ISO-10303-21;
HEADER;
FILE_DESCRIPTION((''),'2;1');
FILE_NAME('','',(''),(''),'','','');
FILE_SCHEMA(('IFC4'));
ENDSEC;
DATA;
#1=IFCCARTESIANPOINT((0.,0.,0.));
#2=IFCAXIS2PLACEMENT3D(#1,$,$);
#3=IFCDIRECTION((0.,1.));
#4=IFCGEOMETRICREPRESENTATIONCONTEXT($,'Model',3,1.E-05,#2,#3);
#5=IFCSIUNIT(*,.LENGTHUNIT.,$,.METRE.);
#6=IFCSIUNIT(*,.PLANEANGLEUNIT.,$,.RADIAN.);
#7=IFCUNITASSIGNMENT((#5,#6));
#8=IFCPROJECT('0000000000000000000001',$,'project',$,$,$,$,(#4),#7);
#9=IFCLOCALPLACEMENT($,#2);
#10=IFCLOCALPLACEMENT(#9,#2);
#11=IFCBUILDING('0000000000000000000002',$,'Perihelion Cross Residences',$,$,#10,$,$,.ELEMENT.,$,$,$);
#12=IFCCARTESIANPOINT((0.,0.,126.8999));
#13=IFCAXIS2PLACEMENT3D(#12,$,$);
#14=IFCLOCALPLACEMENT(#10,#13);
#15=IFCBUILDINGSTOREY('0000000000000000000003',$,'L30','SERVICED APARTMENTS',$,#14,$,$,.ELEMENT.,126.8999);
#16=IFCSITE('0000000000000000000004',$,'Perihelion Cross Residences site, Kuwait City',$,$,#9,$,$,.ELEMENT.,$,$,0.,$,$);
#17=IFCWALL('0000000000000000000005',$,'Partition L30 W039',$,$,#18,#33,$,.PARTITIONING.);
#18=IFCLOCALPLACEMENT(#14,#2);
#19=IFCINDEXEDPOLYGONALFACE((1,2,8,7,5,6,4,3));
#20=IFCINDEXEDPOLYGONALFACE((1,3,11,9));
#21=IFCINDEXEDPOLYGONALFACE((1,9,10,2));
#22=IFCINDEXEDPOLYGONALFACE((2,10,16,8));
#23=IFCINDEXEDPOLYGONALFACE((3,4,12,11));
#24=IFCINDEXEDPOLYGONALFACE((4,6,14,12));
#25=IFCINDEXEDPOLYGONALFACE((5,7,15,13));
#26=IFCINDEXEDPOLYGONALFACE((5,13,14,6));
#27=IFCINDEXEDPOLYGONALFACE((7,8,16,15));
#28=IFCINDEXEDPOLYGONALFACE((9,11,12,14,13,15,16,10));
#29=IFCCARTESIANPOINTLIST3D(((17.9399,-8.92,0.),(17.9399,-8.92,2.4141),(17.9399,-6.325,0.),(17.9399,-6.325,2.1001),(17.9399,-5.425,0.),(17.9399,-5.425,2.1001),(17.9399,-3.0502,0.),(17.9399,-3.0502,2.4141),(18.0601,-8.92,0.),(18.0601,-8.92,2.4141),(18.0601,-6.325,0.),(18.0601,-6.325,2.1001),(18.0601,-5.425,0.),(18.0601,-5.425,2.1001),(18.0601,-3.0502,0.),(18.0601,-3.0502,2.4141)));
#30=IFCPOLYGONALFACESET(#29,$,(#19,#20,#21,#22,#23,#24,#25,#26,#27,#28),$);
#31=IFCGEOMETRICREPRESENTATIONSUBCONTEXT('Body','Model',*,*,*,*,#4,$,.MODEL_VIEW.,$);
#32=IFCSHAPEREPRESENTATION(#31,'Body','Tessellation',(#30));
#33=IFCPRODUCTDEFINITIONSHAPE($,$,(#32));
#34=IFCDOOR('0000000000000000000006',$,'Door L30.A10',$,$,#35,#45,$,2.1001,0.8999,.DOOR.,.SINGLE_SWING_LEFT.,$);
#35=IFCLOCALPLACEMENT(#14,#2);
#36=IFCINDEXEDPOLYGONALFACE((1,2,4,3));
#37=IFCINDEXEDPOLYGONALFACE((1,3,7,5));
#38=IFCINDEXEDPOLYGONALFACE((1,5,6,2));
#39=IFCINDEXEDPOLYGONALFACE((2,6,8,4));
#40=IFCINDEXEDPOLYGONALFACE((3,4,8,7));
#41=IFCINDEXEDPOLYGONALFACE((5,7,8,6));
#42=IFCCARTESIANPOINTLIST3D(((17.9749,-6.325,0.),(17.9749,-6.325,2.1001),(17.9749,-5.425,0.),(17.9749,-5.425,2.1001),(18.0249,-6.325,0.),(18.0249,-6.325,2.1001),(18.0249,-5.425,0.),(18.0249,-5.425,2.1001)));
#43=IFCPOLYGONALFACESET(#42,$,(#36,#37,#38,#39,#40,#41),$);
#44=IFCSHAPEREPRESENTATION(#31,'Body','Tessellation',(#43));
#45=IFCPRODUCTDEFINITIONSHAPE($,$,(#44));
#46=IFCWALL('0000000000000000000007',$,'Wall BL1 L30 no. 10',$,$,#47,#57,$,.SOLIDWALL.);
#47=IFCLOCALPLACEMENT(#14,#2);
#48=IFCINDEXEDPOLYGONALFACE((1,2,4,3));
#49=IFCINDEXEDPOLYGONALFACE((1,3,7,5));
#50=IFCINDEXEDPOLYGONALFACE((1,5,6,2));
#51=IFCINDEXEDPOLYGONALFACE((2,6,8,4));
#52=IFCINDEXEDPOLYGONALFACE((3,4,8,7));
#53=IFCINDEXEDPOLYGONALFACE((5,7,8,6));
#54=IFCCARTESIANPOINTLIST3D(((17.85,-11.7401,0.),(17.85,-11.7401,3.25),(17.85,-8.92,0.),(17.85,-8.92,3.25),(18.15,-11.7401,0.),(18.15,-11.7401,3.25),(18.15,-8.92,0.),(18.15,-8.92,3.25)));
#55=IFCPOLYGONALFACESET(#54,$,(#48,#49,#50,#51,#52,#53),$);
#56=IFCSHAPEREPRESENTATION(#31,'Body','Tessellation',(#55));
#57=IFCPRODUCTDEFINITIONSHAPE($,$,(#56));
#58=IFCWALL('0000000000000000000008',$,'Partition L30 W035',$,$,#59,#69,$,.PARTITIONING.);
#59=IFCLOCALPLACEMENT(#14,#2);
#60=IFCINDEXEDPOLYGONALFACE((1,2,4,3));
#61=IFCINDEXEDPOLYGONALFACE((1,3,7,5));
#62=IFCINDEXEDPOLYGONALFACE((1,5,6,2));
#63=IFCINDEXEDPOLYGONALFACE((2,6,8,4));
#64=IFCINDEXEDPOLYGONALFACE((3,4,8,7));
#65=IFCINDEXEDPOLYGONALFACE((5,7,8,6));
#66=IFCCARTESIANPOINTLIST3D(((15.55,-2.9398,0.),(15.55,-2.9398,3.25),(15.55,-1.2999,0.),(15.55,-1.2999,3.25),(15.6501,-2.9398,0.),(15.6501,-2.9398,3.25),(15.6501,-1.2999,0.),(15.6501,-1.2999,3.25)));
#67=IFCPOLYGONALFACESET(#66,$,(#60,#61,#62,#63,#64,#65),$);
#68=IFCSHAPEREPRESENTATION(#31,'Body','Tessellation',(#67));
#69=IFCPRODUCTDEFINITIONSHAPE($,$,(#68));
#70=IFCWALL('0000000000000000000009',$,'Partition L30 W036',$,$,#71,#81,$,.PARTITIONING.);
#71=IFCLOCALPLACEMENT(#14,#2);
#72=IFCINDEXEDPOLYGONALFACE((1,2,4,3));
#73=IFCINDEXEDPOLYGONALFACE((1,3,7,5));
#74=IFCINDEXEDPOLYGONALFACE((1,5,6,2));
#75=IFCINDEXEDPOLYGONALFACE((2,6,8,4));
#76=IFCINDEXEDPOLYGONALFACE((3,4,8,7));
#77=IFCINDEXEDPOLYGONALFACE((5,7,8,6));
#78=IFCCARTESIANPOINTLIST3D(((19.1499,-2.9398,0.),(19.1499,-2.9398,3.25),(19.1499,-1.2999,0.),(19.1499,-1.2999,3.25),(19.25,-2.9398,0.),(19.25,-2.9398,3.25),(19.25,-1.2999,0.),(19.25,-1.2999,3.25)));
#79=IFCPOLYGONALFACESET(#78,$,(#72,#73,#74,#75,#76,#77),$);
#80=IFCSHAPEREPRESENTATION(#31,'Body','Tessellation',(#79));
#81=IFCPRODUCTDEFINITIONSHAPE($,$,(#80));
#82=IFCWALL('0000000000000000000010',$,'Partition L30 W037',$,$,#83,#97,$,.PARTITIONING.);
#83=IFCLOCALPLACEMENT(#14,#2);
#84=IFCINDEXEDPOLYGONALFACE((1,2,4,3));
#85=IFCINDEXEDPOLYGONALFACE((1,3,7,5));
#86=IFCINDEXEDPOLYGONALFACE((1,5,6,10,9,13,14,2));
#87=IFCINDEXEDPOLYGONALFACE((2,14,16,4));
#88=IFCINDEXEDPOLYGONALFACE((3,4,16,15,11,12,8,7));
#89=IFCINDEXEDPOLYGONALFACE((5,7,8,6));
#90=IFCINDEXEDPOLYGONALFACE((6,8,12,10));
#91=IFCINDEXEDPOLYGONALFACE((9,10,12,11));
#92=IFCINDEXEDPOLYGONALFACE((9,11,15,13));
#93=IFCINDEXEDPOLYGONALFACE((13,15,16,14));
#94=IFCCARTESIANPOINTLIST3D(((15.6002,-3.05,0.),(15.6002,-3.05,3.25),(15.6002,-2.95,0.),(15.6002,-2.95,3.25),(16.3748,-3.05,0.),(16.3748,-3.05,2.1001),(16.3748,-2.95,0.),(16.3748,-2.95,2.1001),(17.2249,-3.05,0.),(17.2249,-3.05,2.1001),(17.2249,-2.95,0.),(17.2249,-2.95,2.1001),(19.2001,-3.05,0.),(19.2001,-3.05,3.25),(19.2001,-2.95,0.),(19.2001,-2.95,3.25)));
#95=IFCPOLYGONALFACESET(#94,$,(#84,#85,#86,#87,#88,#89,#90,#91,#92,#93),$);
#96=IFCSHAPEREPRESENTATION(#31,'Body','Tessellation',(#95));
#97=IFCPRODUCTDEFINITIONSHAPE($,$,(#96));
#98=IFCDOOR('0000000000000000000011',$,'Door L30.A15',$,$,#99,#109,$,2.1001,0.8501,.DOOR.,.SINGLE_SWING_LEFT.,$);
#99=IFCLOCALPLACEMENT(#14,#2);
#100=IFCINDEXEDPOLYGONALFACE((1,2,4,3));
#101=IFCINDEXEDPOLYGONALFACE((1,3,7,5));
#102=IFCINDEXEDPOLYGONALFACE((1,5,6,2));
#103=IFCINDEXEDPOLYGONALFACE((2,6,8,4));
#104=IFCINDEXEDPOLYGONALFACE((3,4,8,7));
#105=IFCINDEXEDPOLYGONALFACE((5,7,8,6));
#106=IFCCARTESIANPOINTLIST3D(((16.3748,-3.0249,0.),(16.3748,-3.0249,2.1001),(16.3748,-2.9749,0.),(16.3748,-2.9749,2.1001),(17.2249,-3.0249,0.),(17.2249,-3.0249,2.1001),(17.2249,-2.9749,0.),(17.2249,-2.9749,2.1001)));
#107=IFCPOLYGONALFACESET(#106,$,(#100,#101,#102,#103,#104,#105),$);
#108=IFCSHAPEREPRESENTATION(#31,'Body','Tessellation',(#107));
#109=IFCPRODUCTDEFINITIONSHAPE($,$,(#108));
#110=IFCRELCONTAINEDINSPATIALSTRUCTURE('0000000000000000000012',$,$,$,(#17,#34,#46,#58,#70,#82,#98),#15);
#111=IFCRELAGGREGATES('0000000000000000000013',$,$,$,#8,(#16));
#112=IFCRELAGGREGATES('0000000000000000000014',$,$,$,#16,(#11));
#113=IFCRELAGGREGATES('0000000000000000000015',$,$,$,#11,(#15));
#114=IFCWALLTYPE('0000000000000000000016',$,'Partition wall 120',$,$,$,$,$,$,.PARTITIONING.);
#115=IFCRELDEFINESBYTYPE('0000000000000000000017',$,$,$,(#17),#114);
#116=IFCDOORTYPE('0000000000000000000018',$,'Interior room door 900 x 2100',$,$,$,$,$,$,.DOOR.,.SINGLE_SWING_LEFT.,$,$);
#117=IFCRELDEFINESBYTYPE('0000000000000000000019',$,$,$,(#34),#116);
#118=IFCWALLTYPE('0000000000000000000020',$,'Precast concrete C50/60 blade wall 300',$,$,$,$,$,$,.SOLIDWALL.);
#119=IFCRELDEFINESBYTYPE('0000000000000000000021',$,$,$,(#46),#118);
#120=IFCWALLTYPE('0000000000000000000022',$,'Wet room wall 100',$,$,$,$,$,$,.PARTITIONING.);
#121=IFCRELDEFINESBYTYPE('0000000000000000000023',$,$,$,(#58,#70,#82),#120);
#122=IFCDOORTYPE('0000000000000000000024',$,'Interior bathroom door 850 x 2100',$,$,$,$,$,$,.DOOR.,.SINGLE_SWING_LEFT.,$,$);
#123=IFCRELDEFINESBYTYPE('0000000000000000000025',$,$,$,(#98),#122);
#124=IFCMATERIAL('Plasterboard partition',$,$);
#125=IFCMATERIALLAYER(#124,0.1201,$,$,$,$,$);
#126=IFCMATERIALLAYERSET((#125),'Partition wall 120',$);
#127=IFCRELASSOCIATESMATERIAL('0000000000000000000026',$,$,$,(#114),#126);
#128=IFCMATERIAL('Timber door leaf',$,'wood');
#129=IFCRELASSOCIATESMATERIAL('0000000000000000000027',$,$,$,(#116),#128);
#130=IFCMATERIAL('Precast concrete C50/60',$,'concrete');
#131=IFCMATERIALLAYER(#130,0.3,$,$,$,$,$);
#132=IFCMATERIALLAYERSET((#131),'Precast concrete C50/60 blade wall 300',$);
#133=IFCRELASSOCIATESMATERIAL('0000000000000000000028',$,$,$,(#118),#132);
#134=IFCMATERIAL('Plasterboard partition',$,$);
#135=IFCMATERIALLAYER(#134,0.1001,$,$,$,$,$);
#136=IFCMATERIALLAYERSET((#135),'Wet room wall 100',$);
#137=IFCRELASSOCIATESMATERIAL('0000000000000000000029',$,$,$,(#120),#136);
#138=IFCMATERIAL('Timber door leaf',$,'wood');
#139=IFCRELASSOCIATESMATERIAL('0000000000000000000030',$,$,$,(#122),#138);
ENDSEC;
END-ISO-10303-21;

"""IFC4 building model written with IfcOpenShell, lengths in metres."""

from ifc_helpers import new_model, si_unit, direction, frame, frame_2d, origin, place, context, subcontext, project, spatial, rectangle, extrude, material, layer, layer_set, type_object, element, fill, save


model = new_model("IFC4")

# Units and contexts
model_context = context("Model", 3, precision=1e-05, world=origin(), true_north=direction((0.0, 1.0)))
body_context = subcontext(model_context, "Body", "Model", "MODEL_VIEW")
ifc_project = project(units=[si_unit("LENGTHUNIT", "METRE"), si_unit("PLANEANGLEUNIT", "RADIAN")], contexts=[model_context])

# Site, building, storey
site_placement = place(None, origin())
site = spatial("IfcSite", under=ifc_project, at=site_placement, Name="Perihelion Cross Residences site, Kuwait City", CompositionType="ELEMENT", RefElevation=0.0)
building_placement = place(site_placement, origin())
building = spatial("IfcBuilding", under=site, at=building_placement, Name="Perihelion Cross Residences", CompositionType="ELEMENT")
storey_placement = place(building_placement, frame((0.0, 0.0, 126.8999)))
storey = spatial("IfcBuildingStorey", under=building, at=storey_placement, Name="L30", Description="SERVICED APARTMENTS", CompositionType="ELEMENT", Elevation=126.8999)

# Wall, opening, door
ifc_material_1 = material(Name="Plasterboard partition")
ifc_layer_1 = layer(ifc_material_1, 0.1201)
ifc_layer_set_1 = layer_set([ifc_layer_1], Name="Partition wall 120")
wall_type_1 = type_object("IfcWallType", Name="Partition wall 120", PredefinedType="PARTITIONING", material=ifc_layer_set_1)
ifc_material_2 = material(Name="Timber door leaf", Category="wood")
door_type_1 = type_object("IfcDoorType", Name="Interior room door 900 x 2100", OperationType="SINGLE_SWING_LEFT", PredefinedType="DOOR", material=ifc_material_2)
wall_1_placement = place(storey_placement, frame((18.0, -3.05, 0.0), z_axis=(0.0, 0.0, 1.0), x_axis=(0.0, -1.0, 0.0)))
wall_1 = element("IfcWall", 1, at=wall_1_placement, inside=storey, type_object=wall_type_1, Name="Partition L30 W039", PredefinedType="PARTITIONING", context=body_context, shape_type="SweptSolid", body=[
    extrude(rectangle(XDim=5.8699, YDim=0.1201, at=frame_2d((2.9351, 0.0))), origin(), (0.0, 0.0, 1.0), 2.4141),
])
opening_1_placement = place(wall_1_placement, frame((2.375, 0.0, 0.0)))
opening_1 = element("IfcOpeningElement", 2, at=opening_1_placement, cuts=wall_1, PredefinedType="OPENING", context=body_context, shape_type="SweptSolid", body=[
    extrude(rectangle(XDim=0.8999, YDim=2.1001, at=frame_2d((0.45, 1.05))), frame((0.0, 0.0701, 0.0), z_axis=(0.0, -1.0, 0.0), x_axis=(1.0, 0.0, 0.0)), (0.0, 0.0, 1.0), 0.1401),
])
door_1_placement = place(opening_1_placement, origin())
door_1 = element("IfcDoor", 3, at=door_1_placement, inside=storey, type_object=door_type_1, Name="Door L30.A10", OperationType="SINGLE_SWING_LEFT", OverallHeight=2.1001, OverallWidth=0.8999, PredefinedType="DOOR", context=body_context, shape_type="SweptSolid", body=[
    extrude(rectangle(XDim=0.8999, YDim=2.1001, at=frame_2d((0.45, 1.05))), frame((0.0, 0.0249, 0.0), z_axis=(0.0, -1.0, 0.0), x_axis=(1.0, 0.0, 0.0)), (0.0, 0.0, 1.0), 0.05),
])
fill(opening_1, door_1)

# Walls
ifc_material_3 = material(Name="Precast concrete C50/60", Category="concrete")
ifc_layer_2 = layer(ifc_material_3, 0.3)
ifc_layer_set_2 = layer_set([ifc_layer_2], Name="Precast concrete C50/60 blade wall 300")
wall_type_2 = type_object("IfcWallType", Name="Precast concrete C50/60 blade wall 300", PredefinedType="SOLIDWALL", material=ifc_layer_set_2)
wall_2_placement = place(storey_placement, frame((18.0, -8.9199, 0.0), z_axis=(0.0, 0.0, 1.0), x_axis=(0.0, -1.0, 0.0)))
element("IfcWall", 4, at=wall_2_placement, inside=storey, type_object=wall_type_2, Name="Wall BL1 L30 no. 10", PredefinedType="SOLIDWALL", context=body_context, shape_type="SweptSolid", body=[
    extrude(rectangle(XDim=2.8201, YDim=0.3, at=frame_2d((1.4102, 0.0))), origin(), (0.0, 0.0, 1.0), 3.25),
])
ifc_material_4 = material(Name="Plasterboard partition")
ifc_layer_3 = layer(ifc_material_4, 0.1001)
ifc_layer_set_3 = layer_set([ifc_layer_3], Name="Wet room wall 100")
wall_type_3 = type_object("IfcWallType", Name="Wet room wall 100", PredefinedType="PARTITIONING", material=ifc_layer_set_3)
for number, where, z_axis, x_axis, name in (
    (5, (15.6001, -1.3, 0.0), (0.0, 0.0, 1.0), (0.0, -1.0, 0.0), "Partition L30 W035"),
    (6, (19.2, -1.3, 0.0), (0.0, 0.0, 1.0), (0.0, -1.0, 0.0), "Partition L30 W036"),
):
    element("IfcWall", number, at=place(storey_placement, frame(where, z_axis=z_axis, x_axis=x_axis)), inside=storey, type_object=wall_type_3, Name=name, PredefinedType="PARTITIONING", context=body_context, shape_type="SweptSolid", body=[
        extrude(rectangle(XDim=1.6399, YDim=0.1001, at=frame_2d((0.8198, 0.0))), origin(), (0.0, 0.0, 1.0), 3.25),
    ])

# Wall, opening, door
wall_3_placement = place(storey_placement, frame((19.2, -3.0, 0.0), z_axis=(0.0, 0.0, 1.0), x_axis=(-1.0, 0.0, 0.0)))
wall_3 = element("IfcWall", 7, at=wall_3_placement, inside=storey, type_object=wall_type_3, Name="Partition L30 W037", PredefinedType="PARTITIONING", context=body_context, shape_type="SweptSolid", body=[
    extrude(rectangle(XDim=3.5999, YDim=0.1001, at=frame_2d((1.7998, 0.0))), origin(), (0.0, 0.0, 1.0), 3.25),
])
opening_2_placement = place(wall_3_placement, frame((1.9751, 0.0, 0.0)))
opening_2 = element("IfcOpeningElement", 8, at=opening_2_placement, cuts=wall_3, PredefinedType="OPENING", context=body_context, shape_type="SweptSolid", body=[
    extrude(rectangle(XDim=0.8501, YDim=2.1001, at=frame_2d((0.425, 1.05))), frame((0.0, 0.0601, 0.0), z_axis=(0.0, -1.0, 0.0), x_axis=(1.0, 0.0, 0.0)), (0.0, 0.0, 1.0), 0.1201),
])
ifc_material_5 = material(Name="Timber door leaf", Category="wood")
door_type_2 = type_object("IfcDoorType", Name="Interior bathroom door 850 x 2100", OperationType="SINGLE_SWING_LEFT", PredefinedType="DOOR", material=ifc_material_5)
door_2_placement = place(opening_2_placement, origin())
door_2 = element("IfcDoor", 9, at=door_2_placement, inside=storey, type_object=door_type_2, Name="Door L30.A15", OperationType="SINGLE_SWING_LEFT", OverallHeight=2.1001, OverallWidth=0.8501, PredefinedType="DOOR", context=body_context, shape_type="SweptSolid", body=[
    extrude(rectangle(XDim=0.8501, YDim=2.1001, at=frame_2d((0.425, 1.05))), frame((0.0, 0.0249, 0.0), z_axis=(0.0, -1.0, 0.0), x_axis=(1.0, 0.0, 0.0)), (0.0, 0.0, 1.0), 0.05),
])
fill(opening_2, door_2)

save(model, "model.ifc")
